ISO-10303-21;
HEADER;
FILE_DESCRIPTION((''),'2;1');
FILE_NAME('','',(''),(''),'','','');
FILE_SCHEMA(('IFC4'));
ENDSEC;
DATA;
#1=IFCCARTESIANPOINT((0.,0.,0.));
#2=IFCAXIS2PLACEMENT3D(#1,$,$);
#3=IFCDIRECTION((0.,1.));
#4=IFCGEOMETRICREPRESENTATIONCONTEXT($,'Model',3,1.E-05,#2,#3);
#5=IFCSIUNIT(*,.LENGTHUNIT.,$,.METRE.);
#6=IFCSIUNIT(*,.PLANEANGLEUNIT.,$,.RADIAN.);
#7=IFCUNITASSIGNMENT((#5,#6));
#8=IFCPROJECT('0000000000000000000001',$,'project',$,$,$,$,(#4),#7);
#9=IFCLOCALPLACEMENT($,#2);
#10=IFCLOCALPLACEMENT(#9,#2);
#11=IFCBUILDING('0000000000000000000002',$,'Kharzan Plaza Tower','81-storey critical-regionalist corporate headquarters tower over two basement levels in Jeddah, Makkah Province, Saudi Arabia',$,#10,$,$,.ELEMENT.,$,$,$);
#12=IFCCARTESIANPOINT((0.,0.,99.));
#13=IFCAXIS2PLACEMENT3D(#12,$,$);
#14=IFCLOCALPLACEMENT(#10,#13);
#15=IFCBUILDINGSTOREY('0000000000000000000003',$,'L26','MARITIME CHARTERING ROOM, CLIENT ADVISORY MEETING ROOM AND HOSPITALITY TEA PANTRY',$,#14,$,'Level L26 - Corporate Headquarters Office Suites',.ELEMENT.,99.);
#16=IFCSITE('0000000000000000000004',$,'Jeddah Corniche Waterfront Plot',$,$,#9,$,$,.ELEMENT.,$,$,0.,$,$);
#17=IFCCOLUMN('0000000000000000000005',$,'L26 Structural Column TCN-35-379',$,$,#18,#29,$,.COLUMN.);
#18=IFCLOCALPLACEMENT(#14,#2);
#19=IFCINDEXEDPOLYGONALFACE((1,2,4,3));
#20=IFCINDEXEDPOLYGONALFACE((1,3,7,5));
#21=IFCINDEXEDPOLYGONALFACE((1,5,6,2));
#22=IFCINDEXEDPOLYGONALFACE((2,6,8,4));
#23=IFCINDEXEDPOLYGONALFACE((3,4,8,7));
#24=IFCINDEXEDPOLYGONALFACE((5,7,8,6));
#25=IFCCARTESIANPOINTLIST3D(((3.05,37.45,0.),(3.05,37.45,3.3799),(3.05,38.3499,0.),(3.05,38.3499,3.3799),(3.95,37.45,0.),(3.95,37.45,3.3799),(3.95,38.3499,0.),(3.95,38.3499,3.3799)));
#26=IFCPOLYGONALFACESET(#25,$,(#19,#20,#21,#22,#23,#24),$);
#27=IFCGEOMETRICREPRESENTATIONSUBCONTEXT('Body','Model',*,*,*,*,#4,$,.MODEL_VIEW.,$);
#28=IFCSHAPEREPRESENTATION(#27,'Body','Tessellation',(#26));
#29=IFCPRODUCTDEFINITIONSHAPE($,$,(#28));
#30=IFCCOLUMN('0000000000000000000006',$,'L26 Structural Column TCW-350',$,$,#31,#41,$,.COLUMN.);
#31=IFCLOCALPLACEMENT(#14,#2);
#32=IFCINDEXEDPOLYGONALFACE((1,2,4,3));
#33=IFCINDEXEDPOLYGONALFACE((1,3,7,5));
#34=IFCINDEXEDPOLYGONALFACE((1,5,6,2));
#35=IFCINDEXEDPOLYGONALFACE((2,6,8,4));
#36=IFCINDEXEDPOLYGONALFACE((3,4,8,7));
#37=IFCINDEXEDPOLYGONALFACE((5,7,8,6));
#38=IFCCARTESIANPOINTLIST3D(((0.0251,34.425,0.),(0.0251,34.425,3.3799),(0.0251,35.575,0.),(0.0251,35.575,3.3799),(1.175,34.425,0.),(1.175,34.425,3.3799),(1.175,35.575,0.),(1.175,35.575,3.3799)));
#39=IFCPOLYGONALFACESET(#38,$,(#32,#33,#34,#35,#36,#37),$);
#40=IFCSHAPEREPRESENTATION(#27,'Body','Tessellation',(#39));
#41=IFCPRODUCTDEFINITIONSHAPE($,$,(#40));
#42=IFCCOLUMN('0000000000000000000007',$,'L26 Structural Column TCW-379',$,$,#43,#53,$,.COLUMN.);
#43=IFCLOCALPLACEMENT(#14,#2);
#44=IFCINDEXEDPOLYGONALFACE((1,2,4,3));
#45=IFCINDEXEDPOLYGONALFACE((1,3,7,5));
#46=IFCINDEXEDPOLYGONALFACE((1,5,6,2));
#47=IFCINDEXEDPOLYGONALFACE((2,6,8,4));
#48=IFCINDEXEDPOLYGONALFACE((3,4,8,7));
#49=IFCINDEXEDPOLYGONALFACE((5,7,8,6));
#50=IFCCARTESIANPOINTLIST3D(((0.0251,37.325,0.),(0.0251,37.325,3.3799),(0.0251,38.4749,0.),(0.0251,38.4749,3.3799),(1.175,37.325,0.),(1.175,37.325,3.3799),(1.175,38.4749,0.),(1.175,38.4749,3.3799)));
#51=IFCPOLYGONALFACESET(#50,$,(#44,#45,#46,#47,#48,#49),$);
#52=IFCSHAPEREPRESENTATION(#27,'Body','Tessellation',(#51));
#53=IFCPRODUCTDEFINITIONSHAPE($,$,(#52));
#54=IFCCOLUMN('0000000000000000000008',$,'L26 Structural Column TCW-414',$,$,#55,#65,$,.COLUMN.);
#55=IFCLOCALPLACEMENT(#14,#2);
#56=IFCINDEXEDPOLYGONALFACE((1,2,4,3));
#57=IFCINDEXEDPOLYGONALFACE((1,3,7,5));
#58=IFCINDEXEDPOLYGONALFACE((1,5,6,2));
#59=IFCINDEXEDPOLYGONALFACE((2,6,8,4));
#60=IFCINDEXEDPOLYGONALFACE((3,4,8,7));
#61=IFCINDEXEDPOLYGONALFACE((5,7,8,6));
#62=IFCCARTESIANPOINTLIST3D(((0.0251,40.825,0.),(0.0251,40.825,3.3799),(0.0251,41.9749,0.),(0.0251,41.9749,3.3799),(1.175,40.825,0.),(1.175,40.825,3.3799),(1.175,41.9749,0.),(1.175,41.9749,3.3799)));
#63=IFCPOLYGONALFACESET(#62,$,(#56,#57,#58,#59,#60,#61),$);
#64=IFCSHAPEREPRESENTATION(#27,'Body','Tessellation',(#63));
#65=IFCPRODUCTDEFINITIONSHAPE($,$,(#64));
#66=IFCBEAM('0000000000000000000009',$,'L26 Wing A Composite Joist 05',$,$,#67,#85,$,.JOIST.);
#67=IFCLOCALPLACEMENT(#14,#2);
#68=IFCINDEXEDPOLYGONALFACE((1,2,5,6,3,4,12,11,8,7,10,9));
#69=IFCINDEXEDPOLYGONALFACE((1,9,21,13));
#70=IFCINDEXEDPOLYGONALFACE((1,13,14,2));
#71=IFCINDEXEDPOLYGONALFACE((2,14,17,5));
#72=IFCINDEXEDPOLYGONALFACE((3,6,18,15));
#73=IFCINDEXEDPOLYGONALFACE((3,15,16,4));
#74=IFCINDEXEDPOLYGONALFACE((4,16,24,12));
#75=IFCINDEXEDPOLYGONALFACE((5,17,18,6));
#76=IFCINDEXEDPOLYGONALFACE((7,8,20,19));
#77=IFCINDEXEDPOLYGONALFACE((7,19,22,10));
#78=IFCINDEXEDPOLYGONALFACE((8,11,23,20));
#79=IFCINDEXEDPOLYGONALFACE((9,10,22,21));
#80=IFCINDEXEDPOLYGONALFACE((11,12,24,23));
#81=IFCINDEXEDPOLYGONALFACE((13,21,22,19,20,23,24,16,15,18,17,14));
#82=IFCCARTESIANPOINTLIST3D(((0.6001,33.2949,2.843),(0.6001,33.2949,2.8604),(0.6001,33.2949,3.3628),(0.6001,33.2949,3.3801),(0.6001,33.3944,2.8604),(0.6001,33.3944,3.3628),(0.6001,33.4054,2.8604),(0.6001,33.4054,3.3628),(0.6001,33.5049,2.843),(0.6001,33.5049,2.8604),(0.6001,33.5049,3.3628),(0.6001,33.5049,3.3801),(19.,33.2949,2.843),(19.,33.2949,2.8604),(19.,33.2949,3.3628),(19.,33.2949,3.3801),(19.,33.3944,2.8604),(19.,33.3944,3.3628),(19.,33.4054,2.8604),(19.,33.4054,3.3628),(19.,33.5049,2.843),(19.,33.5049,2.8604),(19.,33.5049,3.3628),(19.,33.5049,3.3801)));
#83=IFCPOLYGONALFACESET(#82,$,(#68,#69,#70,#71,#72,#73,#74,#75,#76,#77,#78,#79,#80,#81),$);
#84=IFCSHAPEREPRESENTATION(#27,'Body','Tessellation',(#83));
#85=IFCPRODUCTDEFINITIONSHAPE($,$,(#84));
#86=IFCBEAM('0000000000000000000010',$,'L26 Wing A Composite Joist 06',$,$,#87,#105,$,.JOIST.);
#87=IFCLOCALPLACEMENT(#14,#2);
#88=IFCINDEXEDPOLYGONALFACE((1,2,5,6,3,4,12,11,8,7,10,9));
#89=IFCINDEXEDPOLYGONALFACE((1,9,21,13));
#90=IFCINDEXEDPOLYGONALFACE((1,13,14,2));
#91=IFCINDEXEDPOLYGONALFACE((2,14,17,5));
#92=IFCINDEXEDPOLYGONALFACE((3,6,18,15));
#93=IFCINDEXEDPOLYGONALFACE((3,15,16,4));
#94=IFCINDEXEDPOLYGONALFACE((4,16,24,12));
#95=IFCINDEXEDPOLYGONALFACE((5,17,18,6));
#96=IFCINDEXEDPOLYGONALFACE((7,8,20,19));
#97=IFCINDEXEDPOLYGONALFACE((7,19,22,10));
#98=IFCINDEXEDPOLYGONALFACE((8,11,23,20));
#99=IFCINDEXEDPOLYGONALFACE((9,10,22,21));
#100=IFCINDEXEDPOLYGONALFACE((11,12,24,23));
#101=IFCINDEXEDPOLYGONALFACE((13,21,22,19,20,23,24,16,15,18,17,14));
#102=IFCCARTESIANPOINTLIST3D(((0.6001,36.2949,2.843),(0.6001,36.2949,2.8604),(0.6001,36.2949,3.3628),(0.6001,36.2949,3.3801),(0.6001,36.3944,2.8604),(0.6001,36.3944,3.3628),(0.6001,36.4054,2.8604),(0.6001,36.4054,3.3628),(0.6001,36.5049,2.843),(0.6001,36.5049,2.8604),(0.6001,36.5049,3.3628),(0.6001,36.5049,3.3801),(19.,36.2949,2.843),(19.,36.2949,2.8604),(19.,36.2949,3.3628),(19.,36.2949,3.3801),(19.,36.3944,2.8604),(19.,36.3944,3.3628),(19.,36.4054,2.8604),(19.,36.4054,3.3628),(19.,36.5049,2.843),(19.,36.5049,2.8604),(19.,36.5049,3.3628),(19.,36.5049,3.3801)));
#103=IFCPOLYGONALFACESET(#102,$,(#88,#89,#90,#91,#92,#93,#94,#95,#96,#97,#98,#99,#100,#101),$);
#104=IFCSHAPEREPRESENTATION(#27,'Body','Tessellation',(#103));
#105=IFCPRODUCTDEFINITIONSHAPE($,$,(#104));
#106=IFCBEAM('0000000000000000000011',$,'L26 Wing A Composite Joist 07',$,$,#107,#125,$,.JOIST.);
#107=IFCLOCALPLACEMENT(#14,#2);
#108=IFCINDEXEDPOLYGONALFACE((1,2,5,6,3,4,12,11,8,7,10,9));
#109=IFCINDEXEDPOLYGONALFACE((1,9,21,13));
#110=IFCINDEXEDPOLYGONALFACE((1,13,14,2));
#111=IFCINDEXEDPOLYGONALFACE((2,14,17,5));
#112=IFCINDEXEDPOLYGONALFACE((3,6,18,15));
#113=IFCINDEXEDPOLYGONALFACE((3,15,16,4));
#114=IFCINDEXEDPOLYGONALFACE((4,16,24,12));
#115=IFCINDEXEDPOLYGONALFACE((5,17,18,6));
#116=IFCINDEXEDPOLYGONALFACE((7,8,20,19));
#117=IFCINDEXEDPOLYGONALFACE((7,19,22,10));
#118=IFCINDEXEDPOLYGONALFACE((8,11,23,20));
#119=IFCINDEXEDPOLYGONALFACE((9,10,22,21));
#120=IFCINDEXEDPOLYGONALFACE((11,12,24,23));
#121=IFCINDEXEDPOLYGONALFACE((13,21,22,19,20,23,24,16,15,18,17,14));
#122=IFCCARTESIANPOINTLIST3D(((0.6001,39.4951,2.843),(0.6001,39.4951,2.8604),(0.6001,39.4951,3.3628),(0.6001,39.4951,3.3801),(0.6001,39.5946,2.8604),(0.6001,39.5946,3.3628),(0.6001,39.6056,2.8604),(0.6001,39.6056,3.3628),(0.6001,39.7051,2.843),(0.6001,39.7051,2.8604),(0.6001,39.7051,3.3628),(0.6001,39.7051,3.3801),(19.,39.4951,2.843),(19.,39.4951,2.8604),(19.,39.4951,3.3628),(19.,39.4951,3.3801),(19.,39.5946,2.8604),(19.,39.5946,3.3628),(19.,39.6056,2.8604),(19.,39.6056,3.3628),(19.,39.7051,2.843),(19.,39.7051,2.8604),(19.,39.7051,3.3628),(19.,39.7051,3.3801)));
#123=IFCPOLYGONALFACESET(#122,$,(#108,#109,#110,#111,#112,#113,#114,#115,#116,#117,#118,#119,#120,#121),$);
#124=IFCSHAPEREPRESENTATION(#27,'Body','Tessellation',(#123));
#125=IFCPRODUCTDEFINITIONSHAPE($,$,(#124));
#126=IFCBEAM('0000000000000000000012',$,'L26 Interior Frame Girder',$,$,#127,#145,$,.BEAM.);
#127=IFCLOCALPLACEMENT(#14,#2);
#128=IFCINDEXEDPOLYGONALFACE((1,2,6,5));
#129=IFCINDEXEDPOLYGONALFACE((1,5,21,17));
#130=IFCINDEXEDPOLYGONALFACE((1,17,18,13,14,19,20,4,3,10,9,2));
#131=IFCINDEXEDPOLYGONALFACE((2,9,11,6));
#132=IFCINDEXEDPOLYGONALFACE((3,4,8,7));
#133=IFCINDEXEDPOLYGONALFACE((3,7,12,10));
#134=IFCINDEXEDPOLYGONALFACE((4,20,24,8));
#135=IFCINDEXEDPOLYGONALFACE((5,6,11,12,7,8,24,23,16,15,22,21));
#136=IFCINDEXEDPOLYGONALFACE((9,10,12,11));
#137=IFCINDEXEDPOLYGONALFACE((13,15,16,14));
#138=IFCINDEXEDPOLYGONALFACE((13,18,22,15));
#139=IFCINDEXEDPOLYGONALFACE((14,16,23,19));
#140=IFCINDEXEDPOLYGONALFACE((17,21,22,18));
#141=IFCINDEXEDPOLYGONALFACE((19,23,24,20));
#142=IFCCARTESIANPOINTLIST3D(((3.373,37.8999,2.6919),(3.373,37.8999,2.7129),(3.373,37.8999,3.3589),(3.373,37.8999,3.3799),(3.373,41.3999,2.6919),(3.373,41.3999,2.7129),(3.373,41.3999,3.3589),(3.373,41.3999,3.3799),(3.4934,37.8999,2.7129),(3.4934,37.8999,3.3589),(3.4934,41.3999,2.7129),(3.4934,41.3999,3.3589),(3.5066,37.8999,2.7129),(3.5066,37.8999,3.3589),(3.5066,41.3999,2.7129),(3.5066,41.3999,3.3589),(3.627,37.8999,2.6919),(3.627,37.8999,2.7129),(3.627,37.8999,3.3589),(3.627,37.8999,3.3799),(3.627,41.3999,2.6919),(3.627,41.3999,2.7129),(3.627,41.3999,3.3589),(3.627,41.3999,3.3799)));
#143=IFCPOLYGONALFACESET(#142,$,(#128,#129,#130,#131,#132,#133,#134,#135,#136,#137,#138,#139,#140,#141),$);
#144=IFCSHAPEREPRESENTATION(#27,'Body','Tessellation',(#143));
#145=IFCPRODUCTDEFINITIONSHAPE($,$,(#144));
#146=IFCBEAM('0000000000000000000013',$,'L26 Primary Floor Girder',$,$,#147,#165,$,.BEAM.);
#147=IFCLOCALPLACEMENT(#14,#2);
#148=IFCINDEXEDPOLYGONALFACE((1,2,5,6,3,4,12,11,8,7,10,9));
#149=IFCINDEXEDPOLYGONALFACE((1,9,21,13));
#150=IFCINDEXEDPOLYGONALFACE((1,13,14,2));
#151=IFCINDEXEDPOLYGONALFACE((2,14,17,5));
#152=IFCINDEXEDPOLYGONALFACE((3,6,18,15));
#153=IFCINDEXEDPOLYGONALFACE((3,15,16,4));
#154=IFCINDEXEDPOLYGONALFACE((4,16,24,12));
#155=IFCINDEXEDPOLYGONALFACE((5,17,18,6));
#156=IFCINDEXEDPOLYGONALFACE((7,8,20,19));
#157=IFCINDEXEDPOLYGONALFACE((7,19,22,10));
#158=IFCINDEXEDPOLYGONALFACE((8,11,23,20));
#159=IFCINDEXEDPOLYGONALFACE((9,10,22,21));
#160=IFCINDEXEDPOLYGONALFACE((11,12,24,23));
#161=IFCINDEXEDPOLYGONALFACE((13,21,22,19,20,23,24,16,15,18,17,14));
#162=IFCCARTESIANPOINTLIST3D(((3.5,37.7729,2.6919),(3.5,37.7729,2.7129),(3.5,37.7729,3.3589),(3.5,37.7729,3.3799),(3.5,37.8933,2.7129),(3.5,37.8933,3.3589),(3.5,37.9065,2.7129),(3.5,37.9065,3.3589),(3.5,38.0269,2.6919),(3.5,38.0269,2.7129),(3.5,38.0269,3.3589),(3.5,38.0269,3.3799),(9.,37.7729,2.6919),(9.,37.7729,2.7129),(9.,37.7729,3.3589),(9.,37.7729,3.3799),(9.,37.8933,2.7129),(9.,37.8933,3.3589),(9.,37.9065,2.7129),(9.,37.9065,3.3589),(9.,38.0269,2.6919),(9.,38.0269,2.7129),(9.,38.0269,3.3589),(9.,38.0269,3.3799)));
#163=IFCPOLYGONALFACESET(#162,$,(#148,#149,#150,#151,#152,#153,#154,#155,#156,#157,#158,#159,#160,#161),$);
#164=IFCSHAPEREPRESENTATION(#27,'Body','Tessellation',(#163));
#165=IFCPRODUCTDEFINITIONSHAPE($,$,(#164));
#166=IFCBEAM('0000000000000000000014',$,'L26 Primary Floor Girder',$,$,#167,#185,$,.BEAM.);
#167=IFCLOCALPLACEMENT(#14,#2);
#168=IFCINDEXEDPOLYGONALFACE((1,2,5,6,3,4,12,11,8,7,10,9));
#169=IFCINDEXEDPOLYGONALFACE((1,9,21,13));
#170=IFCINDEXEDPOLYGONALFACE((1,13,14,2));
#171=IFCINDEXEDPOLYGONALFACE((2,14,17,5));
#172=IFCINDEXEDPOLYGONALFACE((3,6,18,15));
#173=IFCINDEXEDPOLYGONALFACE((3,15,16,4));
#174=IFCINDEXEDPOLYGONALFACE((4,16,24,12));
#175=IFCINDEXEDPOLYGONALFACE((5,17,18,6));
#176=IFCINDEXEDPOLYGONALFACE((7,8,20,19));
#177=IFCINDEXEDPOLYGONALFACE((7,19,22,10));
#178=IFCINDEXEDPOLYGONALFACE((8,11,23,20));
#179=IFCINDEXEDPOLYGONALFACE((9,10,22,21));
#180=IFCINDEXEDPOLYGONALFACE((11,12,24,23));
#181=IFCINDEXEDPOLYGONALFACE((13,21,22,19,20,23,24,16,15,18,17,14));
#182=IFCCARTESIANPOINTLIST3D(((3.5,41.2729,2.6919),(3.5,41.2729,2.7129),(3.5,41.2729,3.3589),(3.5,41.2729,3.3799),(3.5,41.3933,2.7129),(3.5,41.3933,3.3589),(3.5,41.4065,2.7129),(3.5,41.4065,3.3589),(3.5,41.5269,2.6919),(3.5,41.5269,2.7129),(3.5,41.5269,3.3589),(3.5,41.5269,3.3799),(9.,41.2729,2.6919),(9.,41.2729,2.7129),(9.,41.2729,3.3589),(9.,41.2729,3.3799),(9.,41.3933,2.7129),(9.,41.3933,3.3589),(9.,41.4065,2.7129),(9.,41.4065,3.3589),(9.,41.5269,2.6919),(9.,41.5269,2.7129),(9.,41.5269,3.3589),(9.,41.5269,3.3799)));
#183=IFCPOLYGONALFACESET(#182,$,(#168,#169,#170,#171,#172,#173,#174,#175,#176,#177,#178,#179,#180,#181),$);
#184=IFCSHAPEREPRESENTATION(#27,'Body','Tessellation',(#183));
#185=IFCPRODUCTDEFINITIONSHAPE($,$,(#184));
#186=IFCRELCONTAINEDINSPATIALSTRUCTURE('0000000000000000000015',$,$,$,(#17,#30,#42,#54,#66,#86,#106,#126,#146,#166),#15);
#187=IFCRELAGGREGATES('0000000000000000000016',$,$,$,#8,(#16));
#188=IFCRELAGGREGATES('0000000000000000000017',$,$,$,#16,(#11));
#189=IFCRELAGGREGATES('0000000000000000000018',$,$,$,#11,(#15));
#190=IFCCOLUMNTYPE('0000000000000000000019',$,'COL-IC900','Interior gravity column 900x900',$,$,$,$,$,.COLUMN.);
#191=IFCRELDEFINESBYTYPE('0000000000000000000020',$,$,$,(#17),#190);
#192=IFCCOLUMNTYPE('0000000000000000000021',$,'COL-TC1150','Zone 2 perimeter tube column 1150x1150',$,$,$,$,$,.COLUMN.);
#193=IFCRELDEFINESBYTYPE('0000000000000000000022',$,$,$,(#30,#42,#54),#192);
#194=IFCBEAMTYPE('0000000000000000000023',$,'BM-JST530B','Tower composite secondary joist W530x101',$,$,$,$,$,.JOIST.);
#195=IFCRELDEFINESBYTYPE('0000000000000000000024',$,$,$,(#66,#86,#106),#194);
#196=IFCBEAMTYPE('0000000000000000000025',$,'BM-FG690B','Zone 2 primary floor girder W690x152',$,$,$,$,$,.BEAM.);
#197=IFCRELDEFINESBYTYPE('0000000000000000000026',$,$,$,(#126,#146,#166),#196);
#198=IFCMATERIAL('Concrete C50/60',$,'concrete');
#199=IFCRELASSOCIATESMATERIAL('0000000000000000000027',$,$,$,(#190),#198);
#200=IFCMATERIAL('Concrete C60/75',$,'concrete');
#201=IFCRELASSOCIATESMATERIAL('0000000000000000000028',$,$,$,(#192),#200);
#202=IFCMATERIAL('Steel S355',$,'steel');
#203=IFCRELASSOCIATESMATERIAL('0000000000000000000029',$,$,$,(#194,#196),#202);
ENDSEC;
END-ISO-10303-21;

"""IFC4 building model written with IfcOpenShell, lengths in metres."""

from ifc_helpers import new_model, si_unit, direction, frame, origin, origin_2d, place, context, subcontext, project, spatial, rectangle, i_section, extrude, source, transform, mapped, material, material_profile, profile_set, type_object, element, save


model = new_model("IFC4")

# Units and contexts
model_context = context("Model", 3, precision=1e-05, world=origin(), true_north=direction((0.0, 1.0)))
body_context = subcontext(model_context, "Body", "Model", "MODEL_VIEW")
ifc_project = project(units=[si_unit("LENGTHUNIT", "METRE"), si_unit("PLANEANGLEUNIT", "RADIAN")], contexts=[model_context])

# Site, building, storey
site_placement = place(None, origin())
site = spatial("IfcSite", under=ifc_project, at=site_placement, Name="Jeddah Corniche Waterfront Plot", CompositionType="ELEMENT", RefElevation=0.0)
building_placement = place(site_placement, origin())
building = spatial("IfcBuilding", under=site, at=building_placement, Name="Kharzan Plaza Tower", Description="81-storey critical-regionalist corporate headquarters tower over two basement levels in Jeddah, Makkah Province, Saudi Arabia", CompositionType="ELEMENT")
storey_placement = place(building_placement, frame((0.0, 0.0, 99.0)))
storey = spatial("IfcBuildingStorey", under=building, at=storey_placement, Name="L26", Description="MARITIME CHARTERING ROOM, CLIENT ADVISORY MEETING ROOM AND HOSPITALITY TEA PANTRY", LongName="Level L26 - Corporate Headquarters Office Suites", CompositionType="ELEMENT", Elevation=99.0)

# Columns
ifc_material_1 = material(Name="Concrete C50/60", Category="concrete")
ifc_material_profile_1 = material_profile(ifc_material_1, rectangle(XDim=0.8999, YDim=0.8999, at=origin_2d()), Name="RC-IC900x900")
ifc_profile_set_1 = profile_set([ifc_material_profile_1], Name="Concrete C50/60")
column_type_1 = type_object("IfcColumnType", Name="COL-IC900", Description="Interior gravity column 900x900", PredefinedType="COLUMN", material=ifc_profile_set_1)
shared_shape_1 = source(origin(), body_context, "Body", "SweptSolid", [
    extrude(rectangle(XDim=0.8999, YDim=0.8999, at=origin_2d()), origin(), (0.0, 0.0, 1.0), 3.3799),
])
column_placement = place(storey_placement, frame((3.5, 37.8999, 0.0), z_axis=(0.0, 0.0, 1.0), x_axis=(1.0, 0.0, 0.0)))
element("IfcColumn", 1, at=column_placement, inside=storey, type_object=column_type_1, Name="L26 Structural Column TCN-35-379", PredefinedType="COLUMN", context=body_context, shape_type="MappedRepresentation", body=[
    mapped(shared_shape_1, transform((0.0, 0.0, 0.0), x_axis=(1.0, 0.0, 0.0), y_axis=(0.0, 1.0, 0.0), z_axis=(0.0, 0.0, 1.0))),
])
ifc_material_2 = material(Name="Concrete C60/75", Category="concrete")
ifc_material_profile_2 = material_profile(ifc_material_2, rectangle(XDim=1.1499, YDim=1.1499, at=origin_2d()), Name="RC-TC1150x1150")
ifc_profile_set_2 = profile_set([ifc_material_profile_2], Name="Concrete C60/75")
column_type_2 = type_object("IfcColumnType", Name="COL-TC1150", Description="Zone 2 perimeter tube column 1150x1150", PredefinedType="COLUMN", material=ifc_profile_set_2)
shared_shape_2 = source(origin(), body_context, "Body", "SweptSolid", [
    extrude(rectangle(XDim=1.1499, YDim=1.1499, at=origin_2d()), origin(), (0.0, 0.0, 1.0), 3.3799),
])
for number, where, z_axis, x_axis, name in (
    (2, (0.6001, 35.0, 0.0), (0.0, 0.0, 1.0), (1.0, 0.0, 0.0), "L26 Structural Column TCW-350"),
    (3, (0.6001, 37.8999, 0.0), (0.0, 0.0, 1.0), (1.0, 0.0, 0.0), "L26 Structural Column TCW-379"),
    (4, (0.6001, 41.3999, 0.0), (0.0, 0.0, 1.0), (1.0, 0.0, 0.0), "L26 Structural Column TCW-414"),
):
    element("IfcColumn", number, at=place(storey_placement, frame(where, z_axis=z_axis, x_axis=x_axis)), inside=storey, type_object=column_type_2, Name=name, PredefinedType="COLUMN", context=body_context, shape_type="MappedRepresentation", body=[
        mapped(shared_shape_2, transform((0.0, 0.0, 0.0), x_axis=(1.0, 0.0, 0.0), y_axis=(0.0, 1.0, 0.0), z_axis=(0.0, 0.0, 1.0))),
    ])

# Beams
ifc_material_3 = material(Name="Steel S355", Category="steel")
ifc_material_profile_3 = material_profile(ifc_material_3, i_section(OverallWidth=0.21, OverallDepth=0.5371, WebThickness=0.011, FlangeThickness=0.0173, at=origin_2d()), Name="W530x101")
ifc_profile_set_3 = profile_set([ifc_material_profile_3], Name="Steel S355")
beam_type_1 = type_object("IfcBeamType", Name="BM-JST530B", Description="Tower composite secondary joist W530x101", PredefinedType="JOIST", material=ifc_profile_set_3)
shared_shape_3 = source(origin(), body_context, "Body", "SweptSolid", [
    extrude(i_section(OverallWidth=0.21, OverallDepth=0.5371, WebThickness=0.011, FlangeThickness=0.0173, at=origin_2d()), origin(), (0.0, 0.0, 1.0), 18.3999),
])
for number, where, z_axis, x_axis, name in (
    (5, (0.6001, 33.3999, 3.1116), (1.0, 0.0, 0.0), (0.0, 1.0, 0.0), "L26 Wing A Composite Joist 05"),
    (6, (0.6001, 36.3999, 3.1116), (1.0, 0.0, 0.0), (0.0, 1.0, 0.0), "L26 Wing A Composite Joist 06"),
    (7, (0.6001, 39.6001, 3.1116), (1.0, 0.0, 0.0), (0.0, 1.0, 0.0), "L26 Wing A Composite Joist 07"),
):
    element("IfcBeam", number, at=place(storey_placement, frame(where, z_axis=z_axis, x_axis=x_axis)), inside=storey, type_object=beam_type_1, Name=name, PredefinedType="JOIST", context=body_context, shape_type="MappedRepresentation", body=[
        mapped(shared_shape_3, transform((0.0, 0.0, 0.0), x_axis=(1.0, 0.0, 0.0), y_axis=(0.0, 1.0, 0.0), z_axis=(0.0, 0.0, 1.0))),
    ])
ifc_material_profile_4 = material_profile(ifc_material_3, i_section(OverallWidth=0.2539, OverallDepth=0.688, WebThickness=0.0132, FlangeThickness=0.021, at=origin_2d()), Name="W690x152")
ifc_profile_set_4 = profile_set([ifc_material_profile_4], Name="Steel S355")
beam_type_2 = type_object("IfcBeamType", Name="BM-FG690B", Description="Zone 2 primary floor girder W690x152", PredefinedType="BEAM", material=ifc_profile_set_4)
shared_shape_4 = source(origin(), body_context, "Body", "SweptSolid", [
    extrude(i_section(OverallWidth=0.2539, OverallDepth=0.688, WebThickness=0.0132, FlangeThickness=0.021, at=origin_2d()), origin(), (0.0, 0.0, 1.0), 3.5),
])
beam_1_placement = place(storey_placement, frame((3.5, 37.8999, 3.0359), z_axis=(0.0, 1.0, 0.0), x_axis=(-1.0, 0.0, 0.0)))
element("IfcBeam", 8, at=beam_1_placement, inside=storey, type_object=beam_type_2, Name="L26 Interior Frame Girder", PredefinedType="BEAM", context=body_context, shape_type="MappedRepresentation", body=[
    mapped(shared_shape_4, transform((0.0, 0.0, 0.0), x_axis=(1.0, 0.0, 0.0), y_axis=(0.0, 1.0, 0.0), z_axis=(0.0, 0.0, 1.0))),
])
shared_shape_5 = source(origin(), body_context, "Body", "SweptSolid", [
    extrude(i_section(OverallWidth=0.2539, OverallDepth=0.688, WebThickness=0.0132, FlangeThickness=0.021, at=origin_2d()), origin(), (0.0, 0.0, 1.0), 5.5),
])
for number, where, z_axis, x_axis, name in (
    (9, (3.5, 37.8999, 3.0359), (1.0, 0.0, 0.0), (0.0, 1.0, 0.0), "L26 Primary Floor Girder"),
    (10, (3.5, 41.3999, 3.0359), (1.0, 0.0, 0.0), (0.0, 1.0, 0.0), "L26 Primary Floor Girder"),
):
    element("IfcBeam", number, at=place(storey_placement, frame(where, z_axis=z_axis, x_axis=x_axis)), inside=storey, type_object=beam_type_2, Name=name, PredefinedType="BEAM", context=body_context, shape_type="MappedRepresentation", body=[
        mapped(shared_shape_5, transform((0.0, 0.0, 0.0), x_axis=(1.0, 0.0, 0.0), y_axis=(0.0, 1.0, 0.0), z_axis=(0.0, 0.0, 1.0))),
    ])

save(model, "model.ifc")
